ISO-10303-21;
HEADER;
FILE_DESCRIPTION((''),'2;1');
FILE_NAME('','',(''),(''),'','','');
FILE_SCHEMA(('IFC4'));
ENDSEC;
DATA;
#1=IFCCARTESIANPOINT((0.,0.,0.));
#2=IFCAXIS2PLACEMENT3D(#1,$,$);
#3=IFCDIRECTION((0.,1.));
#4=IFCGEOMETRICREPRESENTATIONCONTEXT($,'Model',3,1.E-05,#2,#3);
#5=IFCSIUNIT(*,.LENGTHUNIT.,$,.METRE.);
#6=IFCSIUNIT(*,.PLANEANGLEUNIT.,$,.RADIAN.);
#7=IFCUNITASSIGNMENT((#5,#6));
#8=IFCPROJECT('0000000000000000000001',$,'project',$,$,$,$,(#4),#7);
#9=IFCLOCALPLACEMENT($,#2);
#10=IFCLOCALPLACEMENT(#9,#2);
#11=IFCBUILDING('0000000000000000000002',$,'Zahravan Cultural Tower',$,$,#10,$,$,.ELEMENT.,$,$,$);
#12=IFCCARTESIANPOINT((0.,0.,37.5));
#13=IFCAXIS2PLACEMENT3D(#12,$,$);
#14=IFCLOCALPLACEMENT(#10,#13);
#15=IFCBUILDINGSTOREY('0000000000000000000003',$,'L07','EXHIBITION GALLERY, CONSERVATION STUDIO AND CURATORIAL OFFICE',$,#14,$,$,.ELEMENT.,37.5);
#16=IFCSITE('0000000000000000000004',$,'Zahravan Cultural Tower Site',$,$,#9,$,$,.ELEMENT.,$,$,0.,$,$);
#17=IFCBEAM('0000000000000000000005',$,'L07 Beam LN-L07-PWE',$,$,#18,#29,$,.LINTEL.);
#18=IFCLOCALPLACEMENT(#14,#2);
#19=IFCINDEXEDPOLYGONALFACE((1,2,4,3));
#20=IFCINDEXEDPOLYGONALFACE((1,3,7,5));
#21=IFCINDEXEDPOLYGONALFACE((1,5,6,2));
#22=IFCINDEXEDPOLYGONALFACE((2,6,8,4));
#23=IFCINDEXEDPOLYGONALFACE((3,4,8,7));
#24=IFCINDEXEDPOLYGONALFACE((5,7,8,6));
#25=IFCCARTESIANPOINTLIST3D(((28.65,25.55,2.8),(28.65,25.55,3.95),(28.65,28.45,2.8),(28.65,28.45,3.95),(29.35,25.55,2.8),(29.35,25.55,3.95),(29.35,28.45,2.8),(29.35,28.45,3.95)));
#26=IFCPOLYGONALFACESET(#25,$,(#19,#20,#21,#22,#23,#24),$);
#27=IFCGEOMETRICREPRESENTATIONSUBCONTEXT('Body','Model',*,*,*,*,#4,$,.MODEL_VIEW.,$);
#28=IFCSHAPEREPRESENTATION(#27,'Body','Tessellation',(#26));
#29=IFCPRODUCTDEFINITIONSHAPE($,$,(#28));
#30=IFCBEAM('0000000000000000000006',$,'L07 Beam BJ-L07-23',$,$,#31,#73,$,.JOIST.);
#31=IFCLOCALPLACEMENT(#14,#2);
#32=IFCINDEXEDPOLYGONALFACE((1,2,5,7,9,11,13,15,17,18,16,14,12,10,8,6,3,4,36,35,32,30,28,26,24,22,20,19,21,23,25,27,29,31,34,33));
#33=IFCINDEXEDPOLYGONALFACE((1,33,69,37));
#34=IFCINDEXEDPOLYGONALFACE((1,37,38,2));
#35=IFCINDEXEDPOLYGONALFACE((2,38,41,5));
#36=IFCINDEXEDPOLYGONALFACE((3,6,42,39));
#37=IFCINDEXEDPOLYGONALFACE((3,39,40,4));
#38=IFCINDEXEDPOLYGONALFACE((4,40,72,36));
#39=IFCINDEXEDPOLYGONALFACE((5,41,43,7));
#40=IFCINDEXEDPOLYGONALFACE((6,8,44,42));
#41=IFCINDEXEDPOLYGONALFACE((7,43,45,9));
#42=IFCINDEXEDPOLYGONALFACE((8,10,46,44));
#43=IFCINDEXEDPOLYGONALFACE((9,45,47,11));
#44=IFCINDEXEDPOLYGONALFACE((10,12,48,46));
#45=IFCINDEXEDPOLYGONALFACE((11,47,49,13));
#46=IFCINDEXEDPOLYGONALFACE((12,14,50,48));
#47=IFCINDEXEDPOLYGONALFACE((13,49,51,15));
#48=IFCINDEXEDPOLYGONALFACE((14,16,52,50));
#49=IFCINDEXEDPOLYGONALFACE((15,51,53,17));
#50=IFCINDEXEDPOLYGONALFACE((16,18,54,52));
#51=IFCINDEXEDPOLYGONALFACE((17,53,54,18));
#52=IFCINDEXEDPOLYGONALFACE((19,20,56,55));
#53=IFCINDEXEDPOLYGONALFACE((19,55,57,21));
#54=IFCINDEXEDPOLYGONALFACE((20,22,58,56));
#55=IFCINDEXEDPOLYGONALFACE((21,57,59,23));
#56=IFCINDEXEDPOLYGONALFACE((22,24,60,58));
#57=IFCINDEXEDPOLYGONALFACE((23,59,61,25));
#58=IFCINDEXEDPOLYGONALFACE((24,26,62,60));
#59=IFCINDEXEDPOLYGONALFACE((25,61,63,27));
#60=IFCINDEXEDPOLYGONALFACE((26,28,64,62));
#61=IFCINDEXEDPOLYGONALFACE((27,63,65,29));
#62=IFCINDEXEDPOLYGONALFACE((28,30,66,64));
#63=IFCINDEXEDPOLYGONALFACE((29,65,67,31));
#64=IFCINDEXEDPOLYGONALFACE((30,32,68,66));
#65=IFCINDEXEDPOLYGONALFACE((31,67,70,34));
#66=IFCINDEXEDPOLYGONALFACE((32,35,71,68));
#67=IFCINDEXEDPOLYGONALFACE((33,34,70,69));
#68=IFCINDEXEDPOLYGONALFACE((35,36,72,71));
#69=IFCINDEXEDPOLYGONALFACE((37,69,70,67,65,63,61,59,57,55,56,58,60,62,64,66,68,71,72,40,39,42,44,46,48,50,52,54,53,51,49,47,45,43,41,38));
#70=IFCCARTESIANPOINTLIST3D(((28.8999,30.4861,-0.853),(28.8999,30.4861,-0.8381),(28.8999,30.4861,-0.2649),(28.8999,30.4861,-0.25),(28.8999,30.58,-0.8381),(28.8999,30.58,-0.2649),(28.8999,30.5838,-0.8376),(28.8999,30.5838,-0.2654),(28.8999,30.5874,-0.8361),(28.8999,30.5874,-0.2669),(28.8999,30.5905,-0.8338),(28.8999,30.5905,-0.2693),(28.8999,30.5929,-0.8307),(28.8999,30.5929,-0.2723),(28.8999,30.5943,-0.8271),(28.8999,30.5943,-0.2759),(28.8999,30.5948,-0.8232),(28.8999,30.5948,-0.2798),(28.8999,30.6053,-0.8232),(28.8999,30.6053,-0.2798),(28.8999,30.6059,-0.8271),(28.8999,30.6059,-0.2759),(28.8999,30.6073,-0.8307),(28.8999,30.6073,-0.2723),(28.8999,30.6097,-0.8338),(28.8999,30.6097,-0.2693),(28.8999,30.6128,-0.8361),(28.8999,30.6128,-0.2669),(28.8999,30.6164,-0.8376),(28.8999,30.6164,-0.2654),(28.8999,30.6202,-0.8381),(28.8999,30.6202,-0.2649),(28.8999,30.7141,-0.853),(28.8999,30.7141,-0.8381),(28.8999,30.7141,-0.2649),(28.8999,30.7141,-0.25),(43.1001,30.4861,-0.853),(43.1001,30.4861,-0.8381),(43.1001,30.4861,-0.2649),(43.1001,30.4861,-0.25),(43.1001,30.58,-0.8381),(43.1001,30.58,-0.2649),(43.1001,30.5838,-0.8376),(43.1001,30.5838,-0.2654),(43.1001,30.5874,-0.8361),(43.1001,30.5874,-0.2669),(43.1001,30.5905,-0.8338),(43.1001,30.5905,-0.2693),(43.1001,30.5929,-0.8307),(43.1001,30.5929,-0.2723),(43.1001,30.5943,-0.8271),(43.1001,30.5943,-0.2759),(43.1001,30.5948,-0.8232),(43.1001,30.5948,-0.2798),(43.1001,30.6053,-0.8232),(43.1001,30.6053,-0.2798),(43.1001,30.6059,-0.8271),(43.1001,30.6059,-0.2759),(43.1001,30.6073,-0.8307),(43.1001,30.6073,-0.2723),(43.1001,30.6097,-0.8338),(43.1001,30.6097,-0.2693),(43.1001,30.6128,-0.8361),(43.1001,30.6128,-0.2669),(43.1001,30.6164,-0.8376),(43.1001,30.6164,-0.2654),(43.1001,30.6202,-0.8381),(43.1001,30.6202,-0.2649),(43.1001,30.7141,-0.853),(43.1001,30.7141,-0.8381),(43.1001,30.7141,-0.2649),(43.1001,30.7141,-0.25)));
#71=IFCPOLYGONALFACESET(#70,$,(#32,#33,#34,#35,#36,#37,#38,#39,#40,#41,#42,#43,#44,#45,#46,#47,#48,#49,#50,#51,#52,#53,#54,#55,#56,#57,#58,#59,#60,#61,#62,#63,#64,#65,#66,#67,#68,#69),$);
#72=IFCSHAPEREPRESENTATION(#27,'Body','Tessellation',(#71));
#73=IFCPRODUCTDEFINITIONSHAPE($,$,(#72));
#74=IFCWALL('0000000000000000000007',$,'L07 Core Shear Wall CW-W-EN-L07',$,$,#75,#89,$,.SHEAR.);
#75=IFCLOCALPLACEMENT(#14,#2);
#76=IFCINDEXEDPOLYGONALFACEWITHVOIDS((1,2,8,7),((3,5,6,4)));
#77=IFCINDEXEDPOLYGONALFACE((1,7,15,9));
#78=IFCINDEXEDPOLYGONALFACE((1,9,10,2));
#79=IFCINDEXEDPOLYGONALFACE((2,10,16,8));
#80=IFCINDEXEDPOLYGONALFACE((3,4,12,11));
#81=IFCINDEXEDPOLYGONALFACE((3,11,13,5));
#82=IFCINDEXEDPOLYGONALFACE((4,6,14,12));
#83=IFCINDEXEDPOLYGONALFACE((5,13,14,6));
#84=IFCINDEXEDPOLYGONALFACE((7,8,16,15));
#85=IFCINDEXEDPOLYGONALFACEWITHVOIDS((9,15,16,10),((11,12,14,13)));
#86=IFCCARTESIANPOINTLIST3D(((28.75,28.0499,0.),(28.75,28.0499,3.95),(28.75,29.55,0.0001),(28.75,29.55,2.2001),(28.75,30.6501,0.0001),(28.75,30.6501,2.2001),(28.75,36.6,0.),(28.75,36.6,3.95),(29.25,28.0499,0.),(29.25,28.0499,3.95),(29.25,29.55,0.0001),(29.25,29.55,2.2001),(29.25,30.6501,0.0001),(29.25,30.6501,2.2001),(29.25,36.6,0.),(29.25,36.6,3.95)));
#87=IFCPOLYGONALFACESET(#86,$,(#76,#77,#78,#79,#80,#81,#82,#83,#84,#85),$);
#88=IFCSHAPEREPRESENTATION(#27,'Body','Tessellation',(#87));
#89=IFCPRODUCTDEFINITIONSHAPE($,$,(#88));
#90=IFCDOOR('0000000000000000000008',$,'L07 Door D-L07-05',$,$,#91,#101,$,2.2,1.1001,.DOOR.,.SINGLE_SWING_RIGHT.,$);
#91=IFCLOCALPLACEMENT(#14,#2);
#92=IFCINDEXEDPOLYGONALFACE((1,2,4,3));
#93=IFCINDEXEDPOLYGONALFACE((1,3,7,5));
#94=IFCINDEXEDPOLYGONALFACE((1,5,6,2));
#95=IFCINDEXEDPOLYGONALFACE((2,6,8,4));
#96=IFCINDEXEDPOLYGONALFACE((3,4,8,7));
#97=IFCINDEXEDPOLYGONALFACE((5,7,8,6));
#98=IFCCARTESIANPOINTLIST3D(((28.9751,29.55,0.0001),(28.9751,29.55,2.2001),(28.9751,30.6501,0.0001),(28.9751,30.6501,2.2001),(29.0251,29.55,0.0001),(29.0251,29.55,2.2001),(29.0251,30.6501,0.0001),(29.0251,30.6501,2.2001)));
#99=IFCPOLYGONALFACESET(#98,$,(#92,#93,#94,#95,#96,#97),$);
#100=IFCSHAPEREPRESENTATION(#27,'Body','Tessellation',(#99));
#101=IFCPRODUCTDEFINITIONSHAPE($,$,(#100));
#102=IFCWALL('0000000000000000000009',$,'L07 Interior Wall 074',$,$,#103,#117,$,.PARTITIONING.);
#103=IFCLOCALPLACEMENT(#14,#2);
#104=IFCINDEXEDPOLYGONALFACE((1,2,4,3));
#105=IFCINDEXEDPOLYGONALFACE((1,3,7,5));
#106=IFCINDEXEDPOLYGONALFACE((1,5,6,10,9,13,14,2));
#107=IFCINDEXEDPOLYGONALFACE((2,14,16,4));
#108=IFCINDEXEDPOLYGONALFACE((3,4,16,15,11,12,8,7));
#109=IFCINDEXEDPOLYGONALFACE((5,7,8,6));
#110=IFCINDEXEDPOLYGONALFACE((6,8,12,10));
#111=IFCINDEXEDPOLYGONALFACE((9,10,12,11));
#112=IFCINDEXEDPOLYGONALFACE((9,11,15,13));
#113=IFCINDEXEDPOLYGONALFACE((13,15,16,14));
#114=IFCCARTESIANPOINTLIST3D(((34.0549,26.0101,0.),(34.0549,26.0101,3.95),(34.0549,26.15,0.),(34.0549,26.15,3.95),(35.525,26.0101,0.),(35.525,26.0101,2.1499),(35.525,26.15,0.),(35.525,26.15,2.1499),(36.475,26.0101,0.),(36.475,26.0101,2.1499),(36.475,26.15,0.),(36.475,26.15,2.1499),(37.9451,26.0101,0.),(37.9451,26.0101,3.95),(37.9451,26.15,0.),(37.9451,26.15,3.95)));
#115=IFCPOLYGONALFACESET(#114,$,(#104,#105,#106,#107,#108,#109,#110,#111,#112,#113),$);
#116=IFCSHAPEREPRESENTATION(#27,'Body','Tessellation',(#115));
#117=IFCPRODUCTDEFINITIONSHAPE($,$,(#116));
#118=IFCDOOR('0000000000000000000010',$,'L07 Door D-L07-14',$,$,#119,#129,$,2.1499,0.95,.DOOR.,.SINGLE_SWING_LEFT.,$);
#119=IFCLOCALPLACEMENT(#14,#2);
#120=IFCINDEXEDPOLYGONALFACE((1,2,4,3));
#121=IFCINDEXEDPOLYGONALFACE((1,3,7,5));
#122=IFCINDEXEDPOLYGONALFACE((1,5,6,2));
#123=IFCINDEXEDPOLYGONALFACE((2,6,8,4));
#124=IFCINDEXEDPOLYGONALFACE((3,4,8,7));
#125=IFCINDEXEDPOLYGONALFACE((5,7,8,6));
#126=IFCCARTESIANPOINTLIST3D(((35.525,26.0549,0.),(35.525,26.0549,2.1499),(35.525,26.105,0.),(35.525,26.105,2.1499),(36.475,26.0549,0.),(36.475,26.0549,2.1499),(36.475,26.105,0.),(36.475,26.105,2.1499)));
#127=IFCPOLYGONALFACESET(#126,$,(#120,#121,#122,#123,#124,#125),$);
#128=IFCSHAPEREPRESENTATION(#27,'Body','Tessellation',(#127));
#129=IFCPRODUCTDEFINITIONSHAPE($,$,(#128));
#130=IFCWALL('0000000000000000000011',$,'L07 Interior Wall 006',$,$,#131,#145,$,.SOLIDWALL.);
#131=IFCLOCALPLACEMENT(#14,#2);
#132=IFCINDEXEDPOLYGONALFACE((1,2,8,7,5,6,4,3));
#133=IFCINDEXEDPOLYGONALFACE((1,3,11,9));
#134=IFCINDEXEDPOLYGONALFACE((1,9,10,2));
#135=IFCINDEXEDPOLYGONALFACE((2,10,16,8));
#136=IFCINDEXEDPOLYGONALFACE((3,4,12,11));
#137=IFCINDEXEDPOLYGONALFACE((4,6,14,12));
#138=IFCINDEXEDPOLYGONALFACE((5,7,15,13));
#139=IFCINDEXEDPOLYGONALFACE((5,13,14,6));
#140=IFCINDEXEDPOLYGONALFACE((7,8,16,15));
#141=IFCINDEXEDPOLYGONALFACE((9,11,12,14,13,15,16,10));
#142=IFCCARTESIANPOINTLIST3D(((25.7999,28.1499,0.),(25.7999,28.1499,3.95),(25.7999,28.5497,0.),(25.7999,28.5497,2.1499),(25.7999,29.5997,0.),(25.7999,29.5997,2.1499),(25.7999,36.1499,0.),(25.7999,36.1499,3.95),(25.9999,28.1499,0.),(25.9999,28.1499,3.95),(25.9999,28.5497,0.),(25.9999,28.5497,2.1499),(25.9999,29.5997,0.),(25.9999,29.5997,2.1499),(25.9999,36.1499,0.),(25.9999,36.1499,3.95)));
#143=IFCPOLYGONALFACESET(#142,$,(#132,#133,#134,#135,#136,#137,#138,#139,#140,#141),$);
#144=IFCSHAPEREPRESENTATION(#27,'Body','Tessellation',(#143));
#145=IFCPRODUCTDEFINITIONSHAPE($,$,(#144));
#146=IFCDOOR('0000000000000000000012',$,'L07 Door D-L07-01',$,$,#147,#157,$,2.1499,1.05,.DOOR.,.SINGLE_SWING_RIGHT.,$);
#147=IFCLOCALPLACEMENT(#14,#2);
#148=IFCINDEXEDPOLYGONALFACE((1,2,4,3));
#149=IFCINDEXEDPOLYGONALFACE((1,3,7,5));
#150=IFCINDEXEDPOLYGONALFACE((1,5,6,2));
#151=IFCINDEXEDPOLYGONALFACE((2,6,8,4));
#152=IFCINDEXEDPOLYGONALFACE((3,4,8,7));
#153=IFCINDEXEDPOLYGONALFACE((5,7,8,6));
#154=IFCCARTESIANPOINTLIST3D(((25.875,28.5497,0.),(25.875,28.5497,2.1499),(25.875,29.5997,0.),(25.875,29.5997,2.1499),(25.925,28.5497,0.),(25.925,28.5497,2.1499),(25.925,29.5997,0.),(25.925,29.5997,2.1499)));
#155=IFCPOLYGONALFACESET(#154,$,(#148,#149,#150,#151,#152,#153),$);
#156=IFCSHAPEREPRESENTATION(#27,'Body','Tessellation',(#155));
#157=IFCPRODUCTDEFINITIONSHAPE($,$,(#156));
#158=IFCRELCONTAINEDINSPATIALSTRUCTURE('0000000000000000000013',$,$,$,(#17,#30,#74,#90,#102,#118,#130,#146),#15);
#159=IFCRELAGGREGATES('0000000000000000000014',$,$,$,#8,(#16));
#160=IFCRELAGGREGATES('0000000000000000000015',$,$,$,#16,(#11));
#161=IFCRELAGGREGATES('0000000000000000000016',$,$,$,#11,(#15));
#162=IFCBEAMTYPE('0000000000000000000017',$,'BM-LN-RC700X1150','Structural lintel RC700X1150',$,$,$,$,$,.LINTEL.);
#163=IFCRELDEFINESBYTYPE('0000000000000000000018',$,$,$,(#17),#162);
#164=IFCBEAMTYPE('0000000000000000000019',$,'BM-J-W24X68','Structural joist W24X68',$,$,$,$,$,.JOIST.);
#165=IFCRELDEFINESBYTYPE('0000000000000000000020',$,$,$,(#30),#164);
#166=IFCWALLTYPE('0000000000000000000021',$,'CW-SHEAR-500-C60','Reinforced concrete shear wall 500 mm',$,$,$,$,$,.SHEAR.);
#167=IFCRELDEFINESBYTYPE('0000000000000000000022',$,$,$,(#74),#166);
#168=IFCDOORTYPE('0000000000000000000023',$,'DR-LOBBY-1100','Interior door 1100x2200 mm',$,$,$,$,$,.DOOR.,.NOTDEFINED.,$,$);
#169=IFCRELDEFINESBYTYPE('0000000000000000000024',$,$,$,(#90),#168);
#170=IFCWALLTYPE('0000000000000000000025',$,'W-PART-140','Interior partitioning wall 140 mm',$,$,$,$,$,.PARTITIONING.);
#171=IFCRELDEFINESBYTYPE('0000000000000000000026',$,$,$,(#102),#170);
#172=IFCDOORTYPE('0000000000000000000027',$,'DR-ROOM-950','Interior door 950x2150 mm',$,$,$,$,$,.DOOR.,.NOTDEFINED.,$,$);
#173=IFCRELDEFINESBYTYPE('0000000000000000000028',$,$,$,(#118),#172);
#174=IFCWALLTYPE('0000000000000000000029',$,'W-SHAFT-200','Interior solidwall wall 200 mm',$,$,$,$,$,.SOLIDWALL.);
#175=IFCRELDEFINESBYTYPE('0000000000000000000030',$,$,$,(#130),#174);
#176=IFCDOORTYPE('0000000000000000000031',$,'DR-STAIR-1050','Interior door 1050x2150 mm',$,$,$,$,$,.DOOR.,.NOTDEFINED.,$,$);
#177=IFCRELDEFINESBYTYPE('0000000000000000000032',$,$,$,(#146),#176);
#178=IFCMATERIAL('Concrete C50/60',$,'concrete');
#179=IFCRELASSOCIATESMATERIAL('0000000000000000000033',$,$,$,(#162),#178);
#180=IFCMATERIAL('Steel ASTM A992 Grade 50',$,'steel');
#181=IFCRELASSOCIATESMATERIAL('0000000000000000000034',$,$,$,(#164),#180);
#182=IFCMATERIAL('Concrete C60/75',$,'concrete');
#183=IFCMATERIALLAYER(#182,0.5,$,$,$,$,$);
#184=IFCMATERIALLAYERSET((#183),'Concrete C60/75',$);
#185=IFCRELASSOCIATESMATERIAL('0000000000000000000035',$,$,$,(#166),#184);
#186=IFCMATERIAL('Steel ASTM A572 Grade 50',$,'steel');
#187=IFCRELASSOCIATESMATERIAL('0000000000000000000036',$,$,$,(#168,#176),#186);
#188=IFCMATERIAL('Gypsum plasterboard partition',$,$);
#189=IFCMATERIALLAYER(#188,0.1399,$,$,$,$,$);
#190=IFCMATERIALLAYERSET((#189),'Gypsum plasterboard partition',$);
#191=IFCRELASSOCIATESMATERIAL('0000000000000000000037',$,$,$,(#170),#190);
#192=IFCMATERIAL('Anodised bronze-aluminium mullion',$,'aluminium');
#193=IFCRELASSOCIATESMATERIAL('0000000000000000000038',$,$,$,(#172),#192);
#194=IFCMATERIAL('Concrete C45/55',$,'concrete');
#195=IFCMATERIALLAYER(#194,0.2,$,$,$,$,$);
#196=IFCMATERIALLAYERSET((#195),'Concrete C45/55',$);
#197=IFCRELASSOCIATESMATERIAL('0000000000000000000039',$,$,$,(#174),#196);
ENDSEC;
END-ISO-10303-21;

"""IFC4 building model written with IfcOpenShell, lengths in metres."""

from ifc_helpers import new_model, si_unit, direction, frame, frame_2d, origin, origin_2d, place, context, subcontext, project, spatial, rectangle, i_section, extrude, source, transform, mapped, material, layer, layer_set, material_profile, profile_set, type_object, element, fill, save


model = new_model("IFC4")

# Units and contexts
model_context = context("Model", 3, precision=1e-05, world=origin(), true_north=direction((0.0, 1.0)))
body_context = subcontext(model_context, "Body", "Model", "MODEL_VIEW")
ifc_project = project(units=[si_unit("LENGTHUNIT", "METRE"), si_unit("PLANEANGLEUNIT", "RADIAN")], contexts=[model_context])

# Site, building, storey
site_placement = place(None, origin())
site = spatial("IfcSite", under=ifc_project, at=site_placement, Name="Zahravan Cultural Tower Site", CompositionType="ELEMENT", RefElevation=0.0)
building_placement = place(site_placement, origin())
building = spatial("IfcBuilding", under=site, at=building_placement, Name="Zahravan Cultural Tower", CompositionType="ELEMENT")
storey_placement = place(building_placement, frame((0.0, 0.0, 37.5)))
storey = spatial("IfcBuildingStorey", under=building, at=storey_placement, Name="L07", Description="EXHIBITION GALLERY, CONSERVATION STUDIO AND CURATORIAL OFFICE", CompositionType="ELEMENT", Elevation=37.5)

# Beams
ifc_material_1 = material(Name="Concrete C50/60", Category="concrete")
ifc_material_profile_1 = material_profile(ifc_material_1, rectangle(XDim=0.7, YDim=1.1499, at=origin_2d()), Name="RC700X1150")
ifc_profile_set_1 = profile_set([ifc_material_profile_1], Name="Concrete C50/60")
beam_type_1 = type_object("IfcBeamType", Name="BM-LN-RC700X1150", Description="Structural lintel RC700X1150", PredefinedType="LINTEL", material=ifc_profile_set_1)
shared_shape_1 = source(origin(), body_context, "Body", "SweptSolid", [
    extrude(rectangle(XDim=0.7, YDim=1.1499, at=origin_2d()), origin(), (0.0, 0.0, 1.0), 2.8999),
])
beam_1_placement = place(storey_placement, frame((29.0, 25.55, 3.375), z_axis=(0.0, 1.0, 0.0), x_axis=(-1.0, 0.0, 0.0)))
element("IfcBeam", 1, at=beam_1_placement, inside=storey, type_object=beam_type_1, Name="L07 Beam LN-L07-PWE", PredefinedType="LINTEL", context=body_context, shape_type="MappedRepresentation", body=[
    mapped(shared_shape_1, transform((0.0, 0.0, 0.0), x_axis=(1.0, 0.0, 0.0), y_axis=(0.0, 1.0, 0.0), z_axis=(0.0, 0.0, 1.0), scale=1.0)),
])
ifc_material_2 = material(Name="Steel ASTM A992 Grade 50", Category="steel")
ifc_material_profile_2 = material_profile(ifc_material_2, i_section(OverallWidth=0.228, OverallDepth=0.603, WebThickness=0.0105, FlangeThickness=0.0149, FilletRadius=0.0149, at=origin_2d()), Name="W24X68")
ifc_profile_set_2 = profile_set([ifc_material_profile_2], Name="Steel ASTM A992 Grade 50")
beam_type_2 = type_object("IfcBeamType", Name="BM-J-W24X68", Description="Structural joist W24X68", PredefinedType="JOIST", material=ifc_profile_set_2)
shared_shape_2 = source(origin(), body_context, "Body", "SweptSolid", [
    extrude(i_section(OverallWidth=0.228, OverallDepth=0.603, WebThickness=0.0105, FlangeThickness=0.0149, FilletRadius=0.0149, at=origin_2d()), origin(), (0.0, 0.0, 1.0), 14.2002),
])
beam_2_placement = place(storey_placement, frame((28.8999, 30.6001, -0.5515), z_axis=(1.0, 0.0, 0.0), x_axis=(0.0, 1.0, 0.0)))
element("IfcBeam", 2, at=beam_2_placement, inside=storey, type_object=beam_type_2, Name="L07 Beam BJ-L07-23", PredefinedType="JOIST", context=body_context, shape_type="MappedRepresentation", body=[
    mapped(shared_shape_2, transform((0.0, 0.0, 0.0), x_axis=(1.0, 0.0, 0.0), y_axis=(0.0, 1.0, 0.0), z_axis=(0.0, 0.0, 1.0), scale=1.0)),
])

# Walls, openings, doors
ifc_material_3 = material(Name="Concrete C60/75", Category="concrete")
ifc_layer_1 = layer(ifc_material_3, 0.5)
ifc_layer_set_1 = layer_set([ifc_layer_1], Name="Concrete C60/75")
wall_type_1 = type_object("IfcWallType", Name="CW-SHEAR-500-C60", Description="Reinforced concrete shear wall 500 mm", PredefinedType="SHEAR", material=ifc_layer_set_1)
wall_1_placement = place(storey_placement, frame((29.0, 28.05, 0.0), z_axis=(0.0, 0.0, 1.0), x_axis=(0.0, 1.0, 0.0)))
wall_1 = element("IfcWall", 3, at=wall_1_placement, inside=storey, type_object=wall_type_1, Name="L07 Core Shear Wall CW-W-EN-L07", PredefinedType="SHEAR", context=body_context, shape_type="SweptSolid", body=[
    extrude(rectangle(XDim=8.55, YDim=0.5, at=frame_2d((4.2749, 0.0))), origin(), (0.0, 0.0, 1.0), 3.95),
])
opening_1_placement = place(wall_1_placement, frame((1.5, 0.0, 0.0)))
opening_1 = element("IfcOpeningElement", 4, at=opening_1_placement, cuts=wall_1, PredefinedType="OPENING", context=body_context, shape_type="SweptSolid", body=[
    extrude(rectangle(XDim=1.1001, YDim=2.2, at=frame_2d((0.55, 1.1001))), frame((0.0, 0.26, 0.0), z_axis=(0.0, -1.0, 0.0), x_axis=(1.0, 0.0, 0.0)), (0.0, 0.0, 1.0), 0.52),
])
ifc_material_4 = material(Name="Steel ASTM A572 Grade 50", Category="steel")
door_type_1 = type_object("IfcDoorType", Name="DR-LOBBY-1100", Description="Interior door 1100x2200 mm", OperationType="NOTDEFINED", PredefinedType="DOOR", material=ifc_material_4)
shared_shape_3 = source(origin(), body_context, "Body", "SweptSolid", [
    extrude(rectangle(XDim=1.1001, YDim=2.2, at=frame_2d((0.55, 1.1001))), frame((0.0, 0.0249, 0.0), z_axis=(0.0, -1.0, 0.0), x_axis=(1.0, 0.0, 0.0)), (0.0, 0.0, 1.0), 0.05),
])
door_1_placement = place(opening_1_placement, origin())
door_1 = element("IfcDoor", 5, at=door_1_placement, inside=storey, type_object=door_type_1, Name="L07 Door D-L07-05", OperationType="SINGLE_SWING_RIGHT", OverallHeight=2.2, OverallWidth=1.1001, PredefinedType="DOOR", context=body_context, shape_type="MappedRepresentation", body=[
    mapped(shared_shape_3, transform((0.0, 0.0, 0.0), x_axis=(1.0, 0.0, 0.0), y_axis=(0.0, 1.0, 0.0), z_axis=(0.0, 0.0, 1.0), scale=1.0)),
])
fill(opening_1, door_1)
ifc_material_5 = material(Name="Gypsum plasterboard partition")
ifc_layer_2 = layer(ifc_material_5, 0.1399)
ifc_layer_set_2 = layer_set([ifc_layer_2], Name="Gypsum plasterboard partition")
wall_type_2 = type_object("IfcWallType", Name="W-PART-140", Description="Interior partitioning wall 140 mm", PredefinedType="PARTITIONING", material=ifc_layer_set_2)
wall_2_placement = place(storey_placement, frame((34.0549, 26.0801, 0.0), z_axis=(0.0, 0.0, 1.0), x_axis=(1.0, 0.0, 0.0)))
wall_2 = element("IfcWall", 6, at=wall_2_placement, inside=storey, type_object=wall_type_2, Name="L07 Interior Wall 074", PredefinedType="PARTITIONING", context=body_context, shape_type="SweptSolid", body=[
    extrude(rectangle(XDim=3.8901, YDim=0.1399, at=frame_2d((1.9451, 0.0))), origin(), (0.0, 0.0, 1.0), 3.95),
])
opening_2_placement = place(wall_2_placement, frame((1.47, 0.0, 0.0)))
opening_2 = element("IfcOpeningElement", 7, at=opening_2_placement, cuts=wall_2, PredefinedType="OPENING", context=body_context, shape_type="SweptSolid", body=[
    extrude(rectangle(XDim=0.95, YDim=2.1499, at=frame_2d((0.4751, 1.075))), frame((0.0, 0.0798, 0.0), z_axis=(0.0, -1.0, 0.0), x_axis=(1.0, 0.0, 0.0)), (0.0, 0.0, 1.0), 0.1599),
])
ifc_material_6 = material(Name="Anodised bronze-aluminium mullion", Category="aluminium")
door_type_2 = type_object("IfcDoorType", Name="DR-ROOM-950", Description="Interior door 950x2150 mm", OperationType="NOTDEFINED", PredefinedType="DOOR", material=ifc_material_6)
shared_shape_4 = source(origin(), body_context, "Body", "SweptSolid", [
    extrude(rectangle(XDim=0.95, YDim=2.1499, at=frame_2d((0.4751, 1.075))), frame((0.0, 0.0249, 0.0), z_axis=(0.0, -1.0, 0.0), x_axis=(1.0, 0.0, 0.0)), (0.0, 0.0, 1.0), 0.05),
])
door_2_placement = place(opening_2_placement, origin())
door_2 = element("IfcDoor", 8, at=door_2_placement, inside=storey, type_object=door_type_2, Name="L07 Door D-L07-14", OperationType="SINGLE_SWING_LEFT", OverallHeight=2.1499, OverallWidth=0.95, PredefinedType="DOOR", context=body_context, shape_type="MappedRepresentation", body=[
    mapped(shared_shape_4, transform((0.0, 0.0, 0.0), x_axis=(1.0, 0.0, 0.0), y_axis=(0.0, 1.0, 0.0), z_axis=(0.0, 0.0, 1.0), scale=1.0)),
])
fill(opening_2, door_2)
ifc_material_7 = material(Name="Concrete C45/55", Category="concrete")
ifc_layer_3 = layer(ifc_material_7, 0.2)
ifc_layer_set_3 = layer_set([ifc_layer_3], Name="Concrete C45/55")
wall_type_3 = type_object("IfcWallType", Name="W-SHAFT-200", Description="Interior solidwall wall 200 mm", PredefinedType="SOLIDWALL", material=ifc_layer_set_3)
wall_3_placement = place(storey_placement, frame((25.8999, 28.1499, 0.0), z_axis=(0.0, 0.0, 1.0), x_axis=(0.0, 1.0, 0.0)))
wall_3 = element("IfcWall", 9, at=wall_3_placement, inside=storey, type_object=wall_type_3, Name="L07 Interior Wall 006", PredefinedType="SOLIDWALL", context=body_context, shape_type="SweptSolid", body=[
    extrude(rectangle(XDim=8.0, YDim=0.2, at=frame_2d((4.0, 0.0))), origin(), (0.0, 0.0, 1.0), 3.95),
])
opening_3_placement = place(wall_3_placement, frame((0.3999, 0.0, 0.0)))
opening_3 = element("IfcOpeningElement", 10, at=opening_3_placement, cuts=wall_3, PredefinedType="OPENING", context=body_context, shape_type="SweptSolid", body=[
    extrude(rectangle(XDim=1.05, YDim=2.1499, at=frame_2d((0.5249, 1.075))), frame((0.0, 0.1099, 0.0), z_axis=(0.0, -1.0, 0.0), x_axis=(1.0, 0.0, 0.0)), (0.0, 0.0, 1.0), 0.22),
])
door_type_3 = type_object("IfcDoorType", Name="DR-STAIR-1050", Description="Interior door 1050x2150 mm", OperationType="NOTDEFINED", PredefinedType="DOOR", material=ifc_material_4)
shared_shape_5 = source(origin(), body_context, "Body", "SweptSolid", [
    extrude(rectangle(XDim=1.05, YDim=2.1499, at=frame_2d((0.5249, 1.075))), frame((0.0, 0.0249, 0.0), z_axis=(0.0, -1.0, 0.0), x_axis=(1.0, 0.0, 0.0)), (0.0, 0.0, 1.0), 0.05),
])
door_3_placement = place(opening_3_placement, origin())
door_3 = element("IfcDoor", 11, at=door_3_placement, inside=storey, type_object=door_type_3, Name="L07 Door D-L07-01", OperationType="SINGLE_SWING_RIGHT", OverallHeight=2.1499, OverallWidth=1.05, PredefinedType="DOOR", context=body_context, shape_type="MappedRepresentation", body=[
    mapped(shared_shape_5, transform((0.0, 0.0, 0.0), x_axis=(1.0, 0.0, 0.0), y_axis=(0.0, 1.0, 0.0), z_axis=(0.0, 0.0, 1.0), scale=1.0)),
])
fill(opening_3, door_3)

save(model, "model.ifc")
